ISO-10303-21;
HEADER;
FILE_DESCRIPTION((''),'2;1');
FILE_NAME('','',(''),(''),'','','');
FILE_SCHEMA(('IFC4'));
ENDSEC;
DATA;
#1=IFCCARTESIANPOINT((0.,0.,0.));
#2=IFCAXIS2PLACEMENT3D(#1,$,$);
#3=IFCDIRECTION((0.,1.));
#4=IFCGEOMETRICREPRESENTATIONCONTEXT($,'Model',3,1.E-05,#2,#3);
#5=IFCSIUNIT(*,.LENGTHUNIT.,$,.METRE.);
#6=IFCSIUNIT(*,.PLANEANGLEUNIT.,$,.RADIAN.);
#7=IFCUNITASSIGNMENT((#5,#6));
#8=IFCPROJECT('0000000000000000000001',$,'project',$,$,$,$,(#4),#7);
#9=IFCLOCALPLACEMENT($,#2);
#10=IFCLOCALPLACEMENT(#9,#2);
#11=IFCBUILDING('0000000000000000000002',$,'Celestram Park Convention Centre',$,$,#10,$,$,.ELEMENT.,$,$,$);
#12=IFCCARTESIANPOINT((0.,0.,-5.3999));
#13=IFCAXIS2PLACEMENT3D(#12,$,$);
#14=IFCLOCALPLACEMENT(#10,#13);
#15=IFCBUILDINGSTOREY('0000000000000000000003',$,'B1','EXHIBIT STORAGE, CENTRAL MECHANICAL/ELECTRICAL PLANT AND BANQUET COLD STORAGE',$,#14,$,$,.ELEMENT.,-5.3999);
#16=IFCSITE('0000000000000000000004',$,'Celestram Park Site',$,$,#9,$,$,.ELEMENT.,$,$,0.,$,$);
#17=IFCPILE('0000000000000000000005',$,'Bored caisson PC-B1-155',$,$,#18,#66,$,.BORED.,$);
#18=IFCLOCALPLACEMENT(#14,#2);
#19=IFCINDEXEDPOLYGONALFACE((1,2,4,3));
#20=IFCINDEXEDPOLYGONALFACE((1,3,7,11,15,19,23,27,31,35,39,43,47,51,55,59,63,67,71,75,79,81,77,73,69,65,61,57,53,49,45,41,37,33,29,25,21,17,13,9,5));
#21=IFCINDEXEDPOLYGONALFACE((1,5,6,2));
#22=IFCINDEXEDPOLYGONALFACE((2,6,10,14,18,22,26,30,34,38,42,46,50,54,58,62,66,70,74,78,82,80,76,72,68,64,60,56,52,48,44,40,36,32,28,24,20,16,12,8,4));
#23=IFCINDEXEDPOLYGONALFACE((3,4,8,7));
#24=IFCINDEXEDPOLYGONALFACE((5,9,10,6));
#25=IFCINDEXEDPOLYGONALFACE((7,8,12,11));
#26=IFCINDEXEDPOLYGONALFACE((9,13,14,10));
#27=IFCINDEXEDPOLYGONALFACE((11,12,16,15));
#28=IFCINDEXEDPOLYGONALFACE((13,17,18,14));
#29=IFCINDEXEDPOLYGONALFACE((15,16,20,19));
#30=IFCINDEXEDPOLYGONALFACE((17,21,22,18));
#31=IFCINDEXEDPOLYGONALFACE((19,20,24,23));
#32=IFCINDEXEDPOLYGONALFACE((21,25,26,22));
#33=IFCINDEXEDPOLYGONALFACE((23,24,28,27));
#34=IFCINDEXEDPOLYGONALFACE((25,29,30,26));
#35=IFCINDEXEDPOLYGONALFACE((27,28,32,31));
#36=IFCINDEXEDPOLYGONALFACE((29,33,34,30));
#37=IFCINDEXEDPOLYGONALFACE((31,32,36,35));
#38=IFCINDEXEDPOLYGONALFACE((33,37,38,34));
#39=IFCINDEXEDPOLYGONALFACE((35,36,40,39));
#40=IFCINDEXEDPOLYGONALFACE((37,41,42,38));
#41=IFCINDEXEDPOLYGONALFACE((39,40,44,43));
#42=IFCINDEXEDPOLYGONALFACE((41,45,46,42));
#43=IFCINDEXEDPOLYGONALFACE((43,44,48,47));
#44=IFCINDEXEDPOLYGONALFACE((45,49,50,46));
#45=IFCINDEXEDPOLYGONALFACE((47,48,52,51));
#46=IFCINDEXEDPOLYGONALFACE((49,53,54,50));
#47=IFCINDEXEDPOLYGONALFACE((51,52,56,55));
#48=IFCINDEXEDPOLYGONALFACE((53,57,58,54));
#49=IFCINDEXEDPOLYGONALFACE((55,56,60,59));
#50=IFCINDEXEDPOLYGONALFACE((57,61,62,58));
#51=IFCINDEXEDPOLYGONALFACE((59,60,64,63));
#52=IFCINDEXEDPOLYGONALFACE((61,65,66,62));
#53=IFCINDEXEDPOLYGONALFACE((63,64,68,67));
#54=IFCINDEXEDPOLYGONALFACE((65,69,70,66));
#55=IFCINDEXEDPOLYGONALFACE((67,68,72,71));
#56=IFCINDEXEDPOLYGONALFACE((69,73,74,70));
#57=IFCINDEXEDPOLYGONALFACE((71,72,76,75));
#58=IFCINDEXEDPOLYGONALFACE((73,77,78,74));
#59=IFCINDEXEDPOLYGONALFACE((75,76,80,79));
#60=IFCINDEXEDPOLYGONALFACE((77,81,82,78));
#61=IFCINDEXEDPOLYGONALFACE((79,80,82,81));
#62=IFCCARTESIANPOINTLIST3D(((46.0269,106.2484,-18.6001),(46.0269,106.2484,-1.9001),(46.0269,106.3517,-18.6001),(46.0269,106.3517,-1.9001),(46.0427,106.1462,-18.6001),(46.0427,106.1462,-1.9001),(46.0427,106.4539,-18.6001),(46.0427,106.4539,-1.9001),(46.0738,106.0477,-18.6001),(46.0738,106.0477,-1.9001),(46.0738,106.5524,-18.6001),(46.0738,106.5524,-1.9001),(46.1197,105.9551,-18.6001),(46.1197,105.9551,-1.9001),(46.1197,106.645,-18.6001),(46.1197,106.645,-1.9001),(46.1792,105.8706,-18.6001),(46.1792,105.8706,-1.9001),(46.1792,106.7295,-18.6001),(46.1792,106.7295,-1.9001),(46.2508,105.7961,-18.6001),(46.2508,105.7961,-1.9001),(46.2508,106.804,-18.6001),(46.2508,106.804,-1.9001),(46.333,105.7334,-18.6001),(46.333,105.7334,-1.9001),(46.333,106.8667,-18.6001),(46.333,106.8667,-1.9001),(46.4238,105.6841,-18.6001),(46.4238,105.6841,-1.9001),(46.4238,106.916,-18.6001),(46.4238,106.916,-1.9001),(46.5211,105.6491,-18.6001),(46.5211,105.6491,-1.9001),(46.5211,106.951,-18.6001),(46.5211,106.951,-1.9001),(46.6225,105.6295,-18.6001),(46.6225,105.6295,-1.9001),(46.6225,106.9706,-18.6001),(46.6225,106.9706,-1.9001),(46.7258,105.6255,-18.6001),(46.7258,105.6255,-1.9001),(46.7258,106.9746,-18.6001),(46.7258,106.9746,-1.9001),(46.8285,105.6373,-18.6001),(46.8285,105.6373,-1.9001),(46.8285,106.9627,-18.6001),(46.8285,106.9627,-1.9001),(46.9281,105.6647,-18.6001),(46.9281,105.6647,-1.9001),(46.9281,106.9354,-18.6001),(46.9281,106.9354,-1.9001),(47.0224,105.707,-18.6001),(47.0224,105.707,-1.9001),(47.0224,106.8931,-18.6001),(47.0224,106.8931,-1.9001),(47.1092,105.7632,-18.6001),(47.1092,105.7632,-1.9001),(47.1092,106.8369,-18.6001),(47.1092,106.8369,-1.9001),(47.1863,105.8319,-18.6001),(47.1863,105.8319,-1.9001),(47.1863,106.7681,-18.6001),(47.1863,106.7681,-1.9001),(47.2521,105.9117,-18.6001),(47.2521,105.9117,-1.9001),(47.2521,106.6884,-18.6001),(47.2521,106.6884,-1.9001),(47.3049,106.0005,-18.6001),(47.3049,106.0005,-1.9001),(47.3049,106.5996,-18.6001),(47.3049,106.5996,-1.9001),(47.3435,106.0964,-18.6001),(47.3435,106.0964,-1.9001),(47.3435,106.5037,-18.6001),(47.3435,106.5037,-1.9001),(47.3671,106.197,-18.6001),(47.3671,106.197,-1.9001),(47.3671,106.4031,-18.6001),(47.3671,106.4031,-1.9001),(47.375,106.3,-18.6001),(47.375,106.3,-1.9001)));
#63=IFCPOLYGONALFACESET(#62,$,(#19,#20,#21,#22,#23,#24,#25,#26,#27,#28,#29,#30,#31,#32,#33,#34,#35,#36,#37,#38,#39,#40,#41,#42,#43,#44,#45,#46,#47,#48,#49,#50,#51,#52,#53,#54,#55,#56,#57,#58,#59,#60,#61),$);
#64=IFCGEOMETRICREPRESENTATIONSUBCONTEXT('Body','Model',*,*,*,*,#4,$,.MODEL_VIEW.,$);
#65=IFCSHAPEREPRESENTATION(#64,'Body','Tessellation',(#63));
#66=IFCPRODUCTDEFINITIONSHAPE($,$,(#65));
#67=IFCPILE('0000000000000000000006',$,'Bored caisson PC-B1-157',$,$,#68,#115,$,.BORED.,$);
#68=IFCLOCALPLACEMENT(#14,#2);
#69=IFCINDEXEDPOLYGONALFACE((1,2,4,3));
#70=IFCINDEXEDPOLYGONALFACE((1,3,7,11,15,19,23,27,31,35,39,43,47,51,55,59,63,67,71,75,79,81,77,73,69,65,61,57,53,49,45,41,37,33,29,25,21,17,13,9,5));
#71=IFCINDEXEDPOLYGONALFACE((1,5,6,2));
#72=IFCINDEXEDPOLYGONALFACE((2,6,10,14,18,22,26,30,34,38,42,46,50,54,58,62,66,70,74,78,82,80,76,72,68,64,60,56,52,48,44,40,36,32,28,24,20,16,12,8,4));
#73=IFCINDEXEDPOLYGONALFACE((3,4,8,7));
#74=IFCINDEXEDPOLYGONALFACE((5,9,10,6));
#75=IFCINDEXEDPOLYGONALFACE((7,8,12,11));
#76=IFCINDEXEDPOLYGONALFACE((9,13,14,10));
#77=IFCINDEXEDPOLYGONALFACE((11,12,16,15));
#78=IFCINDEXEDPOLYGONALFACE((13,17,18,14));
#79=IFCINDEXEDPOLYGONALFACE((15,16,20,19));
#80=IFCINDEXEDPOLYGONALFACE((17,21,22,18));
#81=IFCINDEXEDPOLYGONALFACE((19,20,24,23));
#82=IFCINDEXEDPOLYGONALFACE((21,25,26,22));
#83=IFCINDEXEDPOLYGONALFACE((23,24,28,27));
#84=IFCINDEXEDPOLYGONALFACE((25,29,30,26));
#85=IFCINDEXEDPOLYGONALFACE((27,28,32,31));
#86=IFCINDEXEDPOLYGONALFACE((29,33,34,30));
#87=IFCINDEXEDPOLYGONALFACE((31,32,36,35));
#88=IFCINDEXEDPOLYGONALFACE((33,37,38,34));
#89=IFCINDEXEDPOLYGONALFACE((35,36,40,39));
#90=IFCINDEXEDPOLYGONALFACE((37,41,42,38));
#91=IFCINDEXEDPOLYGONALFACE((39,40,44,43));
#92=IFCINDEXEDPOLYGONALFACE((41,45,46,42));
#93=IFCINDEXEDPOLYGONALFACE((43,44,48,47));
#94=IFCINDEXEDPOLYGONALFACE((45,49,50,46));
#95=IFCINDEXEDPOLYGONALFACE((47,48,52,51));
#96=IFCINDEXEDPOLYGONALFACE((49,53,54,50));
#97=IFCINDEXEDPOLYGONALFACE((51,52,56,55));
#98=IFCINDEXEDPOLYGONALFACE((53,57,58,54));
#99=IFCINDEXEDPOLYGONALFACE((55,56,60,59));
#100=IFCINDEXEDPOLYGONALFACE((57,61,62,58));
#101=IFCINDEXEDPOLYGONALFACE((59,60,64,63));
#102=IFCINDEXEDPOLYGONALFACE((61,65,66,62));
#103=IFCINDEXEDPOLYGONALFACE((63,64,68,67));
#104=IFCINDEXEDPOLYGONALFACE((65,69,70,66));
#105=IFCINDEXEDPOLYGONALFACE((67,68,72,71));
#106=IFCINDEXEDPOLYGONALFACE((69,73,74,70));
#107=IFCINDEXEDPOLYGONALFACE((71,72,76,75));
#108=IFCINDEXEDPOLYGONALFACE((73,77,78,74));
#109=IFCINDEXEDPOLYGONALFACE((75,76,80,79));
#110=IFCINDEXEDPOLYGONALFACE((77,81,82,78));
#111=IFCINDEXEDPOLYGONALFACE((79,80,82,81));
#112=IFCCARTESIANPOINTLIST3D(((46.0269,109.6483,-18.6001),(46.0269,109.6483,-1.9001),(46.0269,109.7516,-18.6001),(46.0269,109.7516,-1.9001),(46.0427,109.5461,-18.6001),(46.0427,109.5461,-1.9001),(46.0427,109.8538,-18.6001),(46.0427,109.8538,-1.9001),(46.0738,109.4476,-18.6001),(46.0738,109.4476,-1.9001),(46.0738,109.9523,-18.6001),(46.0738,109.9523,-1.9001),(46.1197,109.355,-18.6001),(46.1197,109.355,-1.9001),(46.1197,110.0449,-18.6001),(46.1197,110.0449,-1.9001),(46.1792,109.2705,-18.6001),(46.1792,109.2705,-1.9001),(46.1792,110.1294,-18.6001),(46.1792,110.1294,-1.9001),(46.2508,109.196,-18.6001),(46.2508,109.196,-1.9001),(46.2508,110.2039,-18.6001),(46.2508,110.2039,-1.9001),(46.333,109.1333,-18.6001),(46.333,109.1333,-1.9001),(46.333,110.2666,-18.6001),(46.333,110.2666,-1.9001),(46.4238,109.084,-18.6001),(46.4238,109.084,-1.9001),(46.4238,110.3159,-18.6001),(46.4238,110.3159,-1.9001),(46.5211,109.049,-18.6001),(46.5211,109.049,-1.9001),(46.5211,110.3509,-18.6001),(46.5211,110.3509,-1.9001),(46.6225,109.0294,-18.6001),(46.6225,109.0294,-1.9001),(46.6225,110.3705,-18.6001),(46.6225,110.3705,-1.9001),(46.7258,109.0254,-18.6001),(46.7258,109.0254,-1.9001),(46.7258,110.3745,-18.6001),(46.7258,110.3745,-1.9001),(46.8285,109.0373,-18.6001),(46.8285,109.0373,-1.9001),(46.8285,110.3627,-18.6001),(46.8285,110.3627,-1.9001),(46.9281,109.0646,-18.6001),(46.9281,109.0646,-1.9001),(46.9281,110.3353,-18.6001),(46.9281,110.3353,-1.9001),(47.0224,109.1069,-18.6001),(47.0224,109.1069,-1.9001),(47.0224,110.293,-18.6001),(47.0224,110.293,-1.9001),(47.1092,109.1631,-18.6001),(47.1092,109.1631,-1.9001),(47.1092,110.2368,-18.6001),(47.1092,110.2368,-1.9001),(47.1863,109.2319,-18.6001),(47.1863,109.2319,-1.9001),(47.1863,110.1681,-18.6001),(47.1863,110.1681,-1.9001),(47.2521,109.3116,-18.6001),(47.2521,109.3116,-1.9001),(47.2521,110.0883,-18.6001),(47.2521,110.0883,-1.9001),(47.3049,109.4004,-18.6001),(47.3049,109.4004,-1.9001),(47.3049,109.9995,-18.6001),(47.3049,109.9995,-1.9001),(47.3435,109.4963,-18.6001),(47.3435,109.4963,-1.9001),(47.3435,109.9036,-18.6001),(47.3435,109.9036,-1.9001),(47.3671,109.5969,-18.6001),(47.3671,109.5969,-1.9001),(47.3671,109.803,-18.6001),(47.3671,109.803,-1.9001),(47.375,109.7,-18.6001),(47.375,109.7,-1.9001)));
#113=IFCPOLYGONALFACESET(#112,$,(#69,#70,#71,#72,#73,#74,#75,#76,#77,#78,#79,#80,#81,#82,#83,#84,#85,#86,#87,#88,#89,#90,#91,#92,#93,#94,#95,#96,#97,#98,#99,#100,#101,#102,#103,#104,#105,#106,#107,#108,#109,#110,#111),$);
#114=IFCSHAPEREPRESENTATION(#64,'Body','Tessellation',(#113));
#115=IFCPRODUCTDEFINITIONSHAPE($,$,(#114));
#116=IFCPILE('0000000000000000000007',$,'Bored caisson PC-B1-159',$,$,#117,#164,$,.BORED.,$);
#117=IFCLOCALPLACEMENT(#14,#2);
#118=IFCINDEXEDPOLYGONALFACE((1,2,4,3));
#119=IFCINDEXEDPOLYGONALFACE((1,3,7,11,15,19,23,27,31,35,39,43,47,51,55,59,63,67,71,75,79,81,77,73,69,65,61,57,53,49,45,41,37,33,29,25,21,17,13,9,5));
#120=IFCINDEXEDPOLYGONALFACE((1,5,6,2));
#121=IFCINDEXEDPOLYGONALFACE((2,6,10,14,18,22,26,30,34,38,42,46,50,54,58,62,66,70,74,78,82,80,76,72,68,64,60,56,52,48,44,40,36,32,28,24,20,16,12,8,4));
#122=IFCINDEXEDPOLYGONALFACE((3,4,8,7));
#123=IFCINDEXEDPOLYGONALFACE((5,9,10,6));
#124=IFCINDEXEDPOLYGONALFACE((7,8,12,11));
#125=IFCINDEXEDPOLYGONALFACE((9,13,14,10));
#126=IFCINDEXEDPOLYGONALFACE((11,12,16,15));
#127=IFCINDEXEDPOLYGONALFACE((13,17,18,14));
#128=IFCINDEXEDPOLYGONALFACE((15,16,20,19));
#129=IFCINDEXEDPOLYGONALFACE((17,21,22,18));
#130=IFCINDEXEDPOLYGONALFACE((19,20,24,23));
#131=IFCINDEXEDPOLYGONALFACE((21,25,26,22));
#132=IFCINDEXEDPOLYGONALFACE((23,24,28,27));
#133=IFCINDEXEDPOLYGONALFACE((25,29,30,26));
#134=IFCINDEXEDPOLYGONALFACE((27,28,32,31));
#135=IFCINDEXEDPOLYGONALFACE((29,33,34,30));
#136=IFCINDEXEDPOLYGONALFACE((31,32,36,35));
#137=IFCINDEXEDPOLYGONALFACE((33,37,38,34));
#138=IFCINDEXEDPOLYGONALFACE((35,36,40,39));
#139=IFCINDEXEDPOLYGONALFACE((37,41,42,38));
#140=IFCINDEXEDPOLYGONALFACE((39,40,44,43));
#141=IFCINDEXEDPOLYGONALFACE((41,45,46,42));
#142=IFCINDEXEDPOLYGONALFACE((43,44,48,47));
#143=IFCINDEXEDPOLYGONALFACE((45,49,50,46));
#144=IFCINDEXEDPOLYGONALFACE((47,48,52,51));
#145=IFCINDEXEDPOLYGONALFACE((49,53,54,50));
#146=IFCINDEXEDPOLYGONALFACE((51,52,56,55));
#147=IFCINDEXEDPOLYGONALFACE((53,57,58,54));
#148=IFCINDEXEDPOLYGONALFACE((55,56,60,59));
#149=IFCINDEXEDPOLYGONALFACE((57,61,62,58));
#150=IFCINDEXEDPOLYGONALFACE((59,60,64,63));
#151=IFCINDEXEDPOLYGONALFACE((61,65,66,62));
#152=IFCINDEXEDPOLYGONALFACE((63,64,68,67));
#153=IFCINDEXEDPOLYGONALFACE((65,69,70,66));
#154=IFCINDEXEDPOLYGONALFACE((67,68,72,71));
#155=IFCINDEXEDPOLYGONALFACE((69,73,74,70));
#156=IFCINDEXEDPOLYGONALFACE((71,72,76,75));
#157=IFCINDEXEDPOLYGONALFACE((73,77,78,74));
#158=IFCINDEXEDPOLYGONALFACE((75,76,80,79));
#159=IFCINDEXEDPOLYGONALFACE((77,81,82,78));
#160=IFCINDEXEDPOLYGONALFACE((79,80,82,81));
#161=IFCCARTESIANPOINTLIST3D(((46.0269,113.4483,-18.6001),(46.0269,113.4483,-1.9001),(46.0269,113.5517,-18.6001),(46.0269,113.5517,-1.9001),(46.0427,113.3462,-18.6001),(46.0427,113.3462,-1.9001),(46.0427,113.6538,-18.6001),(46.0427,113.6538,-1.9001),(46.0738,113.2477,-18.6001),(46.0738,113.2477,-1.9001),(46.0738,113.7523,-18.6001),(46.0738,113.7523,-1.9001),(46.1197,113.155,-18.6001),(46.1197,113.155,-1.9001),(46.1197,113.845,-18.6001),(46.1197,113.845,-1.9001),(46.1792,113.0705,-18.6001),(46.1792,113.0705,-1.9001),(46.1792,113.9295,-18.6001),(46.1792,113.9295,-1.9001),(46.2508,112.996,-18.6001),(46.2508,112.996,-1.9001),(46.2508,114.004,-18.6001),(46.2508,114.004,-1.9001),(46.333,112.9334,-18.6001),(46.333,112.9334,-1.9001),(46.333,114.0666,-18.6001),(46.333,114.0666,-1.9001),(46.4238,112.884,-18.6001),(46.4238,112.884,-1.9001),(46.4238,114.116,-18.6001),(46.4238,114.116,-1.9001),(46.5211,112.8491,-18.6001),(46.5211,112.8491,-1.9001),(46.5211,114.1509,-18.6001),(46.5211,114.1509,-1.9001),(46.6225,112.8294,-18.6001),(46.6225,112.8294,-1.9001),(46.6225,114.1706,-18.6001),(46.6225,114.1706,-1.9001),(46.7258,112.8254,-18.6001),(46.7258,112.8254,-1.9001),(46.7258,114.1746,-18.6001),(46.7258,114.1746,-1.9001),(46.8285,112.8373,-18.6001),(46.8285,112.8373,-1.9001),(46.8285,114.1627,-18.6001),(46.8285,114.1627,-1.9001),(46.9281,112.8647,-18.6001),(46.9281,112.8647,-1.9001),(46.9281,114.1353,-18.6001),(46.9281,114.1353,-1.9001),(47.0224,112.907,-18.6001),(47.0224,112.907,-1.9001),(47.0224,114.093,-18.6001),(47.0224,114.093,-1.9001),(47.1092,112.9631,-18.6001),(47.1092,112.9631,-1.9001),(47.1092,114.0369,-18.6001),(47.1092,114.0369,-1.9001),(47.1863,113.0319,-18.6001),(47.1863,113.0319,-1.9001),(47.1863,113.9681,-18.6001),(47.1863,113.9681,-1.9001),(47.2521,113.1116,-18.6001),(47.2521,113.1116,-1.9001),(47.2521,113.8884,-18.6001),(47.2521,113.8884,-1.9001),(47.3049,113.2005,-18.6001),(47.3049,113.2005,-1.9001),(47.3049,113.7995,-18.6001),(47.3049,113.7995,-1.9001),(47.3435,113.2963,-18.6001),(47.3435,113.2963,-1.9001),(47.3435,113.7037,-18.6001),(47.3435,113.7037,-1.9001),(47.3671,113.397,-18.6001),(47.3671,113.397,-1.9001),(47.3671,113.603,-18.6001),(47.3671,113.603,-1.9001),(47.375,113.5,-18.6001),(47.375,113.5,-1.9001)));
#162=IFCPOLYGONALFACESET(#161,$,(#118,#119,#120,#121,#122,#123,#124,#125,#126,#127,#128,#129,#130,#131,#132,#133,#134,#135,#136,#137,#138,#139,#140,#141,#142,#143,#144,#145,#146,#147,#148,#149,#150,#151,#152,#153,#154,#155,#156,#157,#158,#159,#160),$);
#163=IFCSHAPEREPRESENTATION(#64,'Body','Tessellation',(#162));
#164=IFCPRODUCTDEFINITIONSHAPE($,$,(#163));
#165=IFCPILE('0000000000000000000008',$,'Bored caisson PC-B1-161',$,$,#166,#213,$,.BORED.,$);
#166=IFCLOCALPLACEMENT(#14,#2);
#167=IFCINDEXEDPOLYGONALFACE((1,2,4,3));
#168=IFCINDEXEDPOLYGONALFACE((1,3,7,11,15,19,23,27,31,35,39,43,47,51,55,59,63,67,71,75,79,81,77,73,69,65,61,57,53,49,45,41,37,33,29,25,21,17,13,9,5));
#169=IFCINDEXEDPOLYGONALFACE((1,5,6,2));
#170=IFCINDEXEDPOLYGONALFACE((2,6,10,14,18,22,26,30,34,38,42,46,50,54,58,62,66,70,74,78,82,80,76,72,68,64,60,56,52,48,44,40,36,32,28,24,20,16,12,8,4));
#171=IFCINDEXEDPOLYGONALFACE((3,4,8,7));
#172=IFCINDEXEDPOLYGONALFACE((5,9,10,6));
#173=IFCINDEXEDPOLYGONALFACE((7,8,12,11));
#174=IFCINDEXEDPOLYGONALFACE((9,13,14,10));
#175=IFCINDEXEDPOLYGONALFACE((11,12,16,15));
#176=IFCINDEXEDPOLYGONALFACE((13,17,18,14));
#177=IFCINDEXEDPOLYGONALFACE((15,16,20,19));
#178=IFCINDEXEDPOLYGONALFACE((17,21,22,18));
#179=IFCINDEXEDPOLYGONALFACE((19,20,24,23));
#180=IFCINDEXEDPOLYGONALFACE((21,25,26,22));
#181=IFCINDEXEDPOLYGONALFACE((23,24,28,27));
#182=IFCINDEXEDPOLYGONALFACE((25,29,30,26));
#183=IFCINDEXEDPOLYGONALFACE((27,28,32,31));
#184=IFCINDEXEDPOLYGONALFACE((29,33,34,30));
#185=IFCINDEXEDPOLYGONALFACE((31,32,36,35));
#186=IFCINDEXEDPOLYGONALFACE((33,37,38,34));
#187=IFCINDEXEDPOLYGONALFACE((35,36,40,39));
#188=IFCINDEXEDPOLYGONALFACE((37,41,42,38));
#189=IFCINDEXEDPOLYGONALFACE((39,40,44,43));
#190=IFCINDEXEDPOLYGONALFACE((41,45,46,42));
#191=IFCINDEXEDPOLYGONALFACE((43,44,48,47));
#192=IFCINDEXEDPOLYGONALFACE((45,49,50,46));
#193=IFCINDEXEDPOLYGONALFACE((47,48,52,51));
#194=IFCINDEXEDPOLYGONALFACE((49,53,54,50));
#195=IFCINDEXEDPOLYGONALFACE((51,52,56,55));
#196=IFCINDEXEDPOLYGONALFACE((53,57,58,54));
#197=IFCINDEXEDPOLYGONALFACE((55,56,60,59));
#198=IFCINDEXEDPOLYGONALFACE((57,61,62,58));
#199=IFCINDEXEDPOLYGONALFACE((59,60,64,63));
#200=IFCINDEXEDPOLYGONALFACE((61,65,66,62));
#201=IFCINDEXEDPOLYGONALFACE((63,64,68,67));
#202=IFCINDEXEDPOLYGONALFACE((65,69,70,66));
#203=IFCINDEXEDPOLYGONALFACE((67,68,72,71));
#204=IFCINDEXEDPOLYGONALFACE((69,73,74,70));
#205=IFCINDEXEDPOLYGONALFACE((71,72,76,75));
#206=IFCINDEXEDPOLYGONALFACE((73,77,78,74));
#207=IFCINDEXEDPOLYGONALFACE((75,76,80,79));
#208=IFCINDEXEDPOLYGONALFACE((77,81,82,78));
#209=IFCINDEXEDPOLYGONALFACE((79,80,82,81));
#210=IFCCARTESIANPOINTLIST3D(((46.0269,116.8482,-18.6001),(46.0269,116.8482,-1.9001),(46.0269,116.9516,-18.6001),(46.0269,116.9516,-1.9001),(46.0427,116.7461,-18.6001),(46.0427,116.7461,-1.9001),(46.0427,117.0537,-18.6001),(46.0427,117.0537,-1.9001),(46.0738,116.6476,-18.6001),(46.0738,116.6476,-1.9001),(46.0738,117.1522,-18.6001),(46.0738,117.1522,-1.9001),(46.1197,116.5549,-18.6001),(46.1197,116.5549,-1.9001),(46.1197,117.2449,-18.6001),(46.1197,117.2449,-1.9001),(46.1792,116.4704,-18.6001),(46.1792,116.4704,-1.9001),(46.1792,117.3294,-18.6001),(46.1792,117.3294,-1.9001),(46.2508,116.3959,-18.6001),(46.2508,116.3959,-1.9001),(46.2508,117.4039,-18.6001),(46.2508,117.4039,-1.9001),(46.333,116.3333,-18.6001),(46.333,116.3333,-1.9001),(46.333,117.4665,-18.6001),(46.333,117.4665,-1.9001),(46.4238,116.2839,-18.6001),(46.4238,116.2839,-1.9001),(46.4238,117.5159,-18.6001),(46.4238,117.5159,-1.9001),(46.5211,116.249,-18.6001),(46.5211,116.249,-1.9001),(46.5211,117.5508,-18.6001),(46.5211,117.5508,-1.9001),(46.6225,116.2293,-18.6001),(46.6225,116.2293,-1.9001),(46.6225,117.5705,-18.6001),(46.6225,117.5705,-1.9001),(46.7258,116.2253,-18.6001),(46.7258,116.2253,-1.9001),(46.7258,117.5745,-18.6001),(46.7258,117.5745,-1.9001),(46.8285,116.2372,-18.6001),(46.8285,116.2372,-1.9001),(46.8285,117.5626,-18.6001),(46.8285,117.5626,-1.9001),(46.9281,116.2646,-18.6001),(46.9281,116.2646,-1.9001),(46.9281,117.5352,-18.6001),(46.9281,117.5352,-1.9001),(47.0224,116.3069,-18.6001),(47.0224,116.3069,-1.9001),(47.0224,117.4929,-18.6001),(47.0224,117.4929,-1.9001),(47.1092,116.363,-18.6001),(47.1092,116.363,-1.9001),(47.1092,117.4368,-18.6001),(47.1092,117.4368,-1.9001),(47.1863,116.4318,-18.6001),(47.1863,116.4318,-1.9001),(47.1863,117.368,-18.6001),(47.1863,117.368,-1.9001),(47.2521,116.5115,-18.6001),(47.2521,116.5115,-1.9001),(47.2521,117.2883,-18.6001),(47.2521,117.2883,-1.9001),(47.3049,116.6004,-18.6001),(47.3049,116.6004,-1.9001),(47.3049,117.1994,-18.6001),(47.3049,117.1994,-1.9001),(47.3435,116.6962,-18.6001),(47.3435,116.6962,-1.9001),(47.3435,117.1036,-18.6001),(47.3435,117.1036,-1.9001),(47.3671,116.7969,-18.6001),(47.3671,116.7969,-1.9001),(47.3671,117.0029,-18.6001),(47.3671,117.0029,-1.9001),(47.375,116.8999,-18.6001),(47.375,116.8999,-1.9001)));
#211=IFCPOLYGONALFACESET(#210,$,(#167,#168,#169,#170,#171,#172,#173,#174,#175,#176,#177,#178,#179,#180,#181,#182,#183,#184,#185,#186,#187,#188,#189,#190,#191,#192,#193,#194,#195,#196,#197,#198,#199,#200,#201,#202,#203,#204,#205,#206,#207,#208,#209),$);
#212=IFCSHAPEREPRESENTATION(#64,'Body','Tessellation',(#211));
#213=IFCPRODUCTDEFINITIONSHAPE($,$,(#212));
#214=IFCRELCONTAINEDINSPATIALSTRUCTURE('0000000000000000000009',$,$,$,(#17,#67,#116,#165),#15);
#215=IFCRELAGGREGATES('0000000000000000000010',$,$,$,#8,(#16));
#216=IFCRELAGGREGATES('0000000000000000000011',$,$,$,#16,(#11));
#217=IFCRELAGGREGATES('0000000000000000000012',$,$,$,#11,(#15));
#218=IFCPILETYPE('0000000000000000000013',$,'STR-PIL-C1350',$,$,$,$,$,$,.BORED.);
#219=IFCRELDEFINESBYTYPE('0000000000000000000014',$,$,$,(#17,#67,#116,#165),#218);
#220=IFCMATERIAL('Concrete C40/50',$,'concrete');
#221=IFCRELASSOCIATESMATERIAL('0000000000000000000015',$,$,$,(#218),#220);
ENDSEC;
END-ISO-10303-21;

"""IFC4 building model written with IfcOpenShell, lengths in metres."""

from ifc_helpers import new_model, si_unit, direction, frame, origin, origin_2d, place, context, subcontext, project, spatial, circle, extrude, material, material_profile, profile_set, type_object, element, save


model = new_model("IFC4")

# Units and contexts
model_context = context("Model", 3, precision=1e-05, world=origin(), true_north=direction((0.0, 1.0)))
body_context = subcontext(model_context, "Body", "Model", "MODEL_VIEW")
ifc_project = project(units=[si_unit("LENGTHUNIT", "METRE"), si_unit("PLANEANGLEUNIT", "RADIAN")], contexts=[model_context])

# Site, building, storey
site_placement = place(None, origin())
site = spatial("IfcSite", under=ifc_project, at=site_placement, Name="Celestram Park Site", CompositionType="ELEMENT", RefElevation=0.0)
building_placement = place(site_placement, origin())
building = spatial("IfcBuilding", under=site, at=building_placement, Name="Celestram Park Convention Centre", CompositionType="ELEMENT")
storey_placement = place(building_placement, frame((0.0, 0.0, -5.3999)))
storey = spatial("IfcBuildingStorey", under=building, at=storey_placement, Name="B1", Description="EXHIBIT STORAGE, CENTRAL MECHANICAL/ELECTRICAL PLANT AND BANQUET COLD STORAGE", CompositionType="ELEMENT", Elevation=-5.3999)

# Shared definitions
ifc_material_1 = material(Name="Concrete C40/50", Category="concrete")

# Piles
ifc_material_profile_1 = material_profile(ifc_material_1, circle(Radius=0.675, at=origin_2d()), Name="CAISSON1350")
ifc_profile_set_1 = profile_set([ifc_material_profile_1], Name="Concrete C40/50")
pile_type_1 = type_object("IfcPileType", Name="STR-PIL-C1350", PredefinedType="BORED", material=ifc_profile_set_1)
for number, where, z_axis, x_axis, name in (
    (1, (46.7, 106.3, -1.9001), (0.0, 0.0, -1.0), (1.0, 0.0, 0.0), "Bored caisson PC-B1-155"),
    (2, (46.7, 109.7, -1.9001), (0.0, 0.0, -1.0), (1.0, 0.0, 0.0), "Bored caisson PC-B1-157"),
    (3, (46.7, 113.5, -1.9001), (0.0, 0.0, -1.0), (1.0, 0.0, 0.0), "Bored caisson PC-B1-159"),
    (4, (46.7, 116.8999, -1.9001), (0.0, 0.0, -1.0), (1.0, 0.0, 0.0), "Bored caisson PC-B1-161"),
):
    element("IfcPile", number, at=place(storey_placement, frame(where, z_axis=z_axis, x_axis=x_axis)), inside=storey, type_object=pile_type_1, Name=name, PredefinedType="BORED", context=body_context, shape_type="SweptSolid", body=[
        extrude(circle(Radius=0.675, at=origin_2d()), origin(), (0.0, 0.0, 1.0), 16.7),
    ])

save(model, "model.ifc")
